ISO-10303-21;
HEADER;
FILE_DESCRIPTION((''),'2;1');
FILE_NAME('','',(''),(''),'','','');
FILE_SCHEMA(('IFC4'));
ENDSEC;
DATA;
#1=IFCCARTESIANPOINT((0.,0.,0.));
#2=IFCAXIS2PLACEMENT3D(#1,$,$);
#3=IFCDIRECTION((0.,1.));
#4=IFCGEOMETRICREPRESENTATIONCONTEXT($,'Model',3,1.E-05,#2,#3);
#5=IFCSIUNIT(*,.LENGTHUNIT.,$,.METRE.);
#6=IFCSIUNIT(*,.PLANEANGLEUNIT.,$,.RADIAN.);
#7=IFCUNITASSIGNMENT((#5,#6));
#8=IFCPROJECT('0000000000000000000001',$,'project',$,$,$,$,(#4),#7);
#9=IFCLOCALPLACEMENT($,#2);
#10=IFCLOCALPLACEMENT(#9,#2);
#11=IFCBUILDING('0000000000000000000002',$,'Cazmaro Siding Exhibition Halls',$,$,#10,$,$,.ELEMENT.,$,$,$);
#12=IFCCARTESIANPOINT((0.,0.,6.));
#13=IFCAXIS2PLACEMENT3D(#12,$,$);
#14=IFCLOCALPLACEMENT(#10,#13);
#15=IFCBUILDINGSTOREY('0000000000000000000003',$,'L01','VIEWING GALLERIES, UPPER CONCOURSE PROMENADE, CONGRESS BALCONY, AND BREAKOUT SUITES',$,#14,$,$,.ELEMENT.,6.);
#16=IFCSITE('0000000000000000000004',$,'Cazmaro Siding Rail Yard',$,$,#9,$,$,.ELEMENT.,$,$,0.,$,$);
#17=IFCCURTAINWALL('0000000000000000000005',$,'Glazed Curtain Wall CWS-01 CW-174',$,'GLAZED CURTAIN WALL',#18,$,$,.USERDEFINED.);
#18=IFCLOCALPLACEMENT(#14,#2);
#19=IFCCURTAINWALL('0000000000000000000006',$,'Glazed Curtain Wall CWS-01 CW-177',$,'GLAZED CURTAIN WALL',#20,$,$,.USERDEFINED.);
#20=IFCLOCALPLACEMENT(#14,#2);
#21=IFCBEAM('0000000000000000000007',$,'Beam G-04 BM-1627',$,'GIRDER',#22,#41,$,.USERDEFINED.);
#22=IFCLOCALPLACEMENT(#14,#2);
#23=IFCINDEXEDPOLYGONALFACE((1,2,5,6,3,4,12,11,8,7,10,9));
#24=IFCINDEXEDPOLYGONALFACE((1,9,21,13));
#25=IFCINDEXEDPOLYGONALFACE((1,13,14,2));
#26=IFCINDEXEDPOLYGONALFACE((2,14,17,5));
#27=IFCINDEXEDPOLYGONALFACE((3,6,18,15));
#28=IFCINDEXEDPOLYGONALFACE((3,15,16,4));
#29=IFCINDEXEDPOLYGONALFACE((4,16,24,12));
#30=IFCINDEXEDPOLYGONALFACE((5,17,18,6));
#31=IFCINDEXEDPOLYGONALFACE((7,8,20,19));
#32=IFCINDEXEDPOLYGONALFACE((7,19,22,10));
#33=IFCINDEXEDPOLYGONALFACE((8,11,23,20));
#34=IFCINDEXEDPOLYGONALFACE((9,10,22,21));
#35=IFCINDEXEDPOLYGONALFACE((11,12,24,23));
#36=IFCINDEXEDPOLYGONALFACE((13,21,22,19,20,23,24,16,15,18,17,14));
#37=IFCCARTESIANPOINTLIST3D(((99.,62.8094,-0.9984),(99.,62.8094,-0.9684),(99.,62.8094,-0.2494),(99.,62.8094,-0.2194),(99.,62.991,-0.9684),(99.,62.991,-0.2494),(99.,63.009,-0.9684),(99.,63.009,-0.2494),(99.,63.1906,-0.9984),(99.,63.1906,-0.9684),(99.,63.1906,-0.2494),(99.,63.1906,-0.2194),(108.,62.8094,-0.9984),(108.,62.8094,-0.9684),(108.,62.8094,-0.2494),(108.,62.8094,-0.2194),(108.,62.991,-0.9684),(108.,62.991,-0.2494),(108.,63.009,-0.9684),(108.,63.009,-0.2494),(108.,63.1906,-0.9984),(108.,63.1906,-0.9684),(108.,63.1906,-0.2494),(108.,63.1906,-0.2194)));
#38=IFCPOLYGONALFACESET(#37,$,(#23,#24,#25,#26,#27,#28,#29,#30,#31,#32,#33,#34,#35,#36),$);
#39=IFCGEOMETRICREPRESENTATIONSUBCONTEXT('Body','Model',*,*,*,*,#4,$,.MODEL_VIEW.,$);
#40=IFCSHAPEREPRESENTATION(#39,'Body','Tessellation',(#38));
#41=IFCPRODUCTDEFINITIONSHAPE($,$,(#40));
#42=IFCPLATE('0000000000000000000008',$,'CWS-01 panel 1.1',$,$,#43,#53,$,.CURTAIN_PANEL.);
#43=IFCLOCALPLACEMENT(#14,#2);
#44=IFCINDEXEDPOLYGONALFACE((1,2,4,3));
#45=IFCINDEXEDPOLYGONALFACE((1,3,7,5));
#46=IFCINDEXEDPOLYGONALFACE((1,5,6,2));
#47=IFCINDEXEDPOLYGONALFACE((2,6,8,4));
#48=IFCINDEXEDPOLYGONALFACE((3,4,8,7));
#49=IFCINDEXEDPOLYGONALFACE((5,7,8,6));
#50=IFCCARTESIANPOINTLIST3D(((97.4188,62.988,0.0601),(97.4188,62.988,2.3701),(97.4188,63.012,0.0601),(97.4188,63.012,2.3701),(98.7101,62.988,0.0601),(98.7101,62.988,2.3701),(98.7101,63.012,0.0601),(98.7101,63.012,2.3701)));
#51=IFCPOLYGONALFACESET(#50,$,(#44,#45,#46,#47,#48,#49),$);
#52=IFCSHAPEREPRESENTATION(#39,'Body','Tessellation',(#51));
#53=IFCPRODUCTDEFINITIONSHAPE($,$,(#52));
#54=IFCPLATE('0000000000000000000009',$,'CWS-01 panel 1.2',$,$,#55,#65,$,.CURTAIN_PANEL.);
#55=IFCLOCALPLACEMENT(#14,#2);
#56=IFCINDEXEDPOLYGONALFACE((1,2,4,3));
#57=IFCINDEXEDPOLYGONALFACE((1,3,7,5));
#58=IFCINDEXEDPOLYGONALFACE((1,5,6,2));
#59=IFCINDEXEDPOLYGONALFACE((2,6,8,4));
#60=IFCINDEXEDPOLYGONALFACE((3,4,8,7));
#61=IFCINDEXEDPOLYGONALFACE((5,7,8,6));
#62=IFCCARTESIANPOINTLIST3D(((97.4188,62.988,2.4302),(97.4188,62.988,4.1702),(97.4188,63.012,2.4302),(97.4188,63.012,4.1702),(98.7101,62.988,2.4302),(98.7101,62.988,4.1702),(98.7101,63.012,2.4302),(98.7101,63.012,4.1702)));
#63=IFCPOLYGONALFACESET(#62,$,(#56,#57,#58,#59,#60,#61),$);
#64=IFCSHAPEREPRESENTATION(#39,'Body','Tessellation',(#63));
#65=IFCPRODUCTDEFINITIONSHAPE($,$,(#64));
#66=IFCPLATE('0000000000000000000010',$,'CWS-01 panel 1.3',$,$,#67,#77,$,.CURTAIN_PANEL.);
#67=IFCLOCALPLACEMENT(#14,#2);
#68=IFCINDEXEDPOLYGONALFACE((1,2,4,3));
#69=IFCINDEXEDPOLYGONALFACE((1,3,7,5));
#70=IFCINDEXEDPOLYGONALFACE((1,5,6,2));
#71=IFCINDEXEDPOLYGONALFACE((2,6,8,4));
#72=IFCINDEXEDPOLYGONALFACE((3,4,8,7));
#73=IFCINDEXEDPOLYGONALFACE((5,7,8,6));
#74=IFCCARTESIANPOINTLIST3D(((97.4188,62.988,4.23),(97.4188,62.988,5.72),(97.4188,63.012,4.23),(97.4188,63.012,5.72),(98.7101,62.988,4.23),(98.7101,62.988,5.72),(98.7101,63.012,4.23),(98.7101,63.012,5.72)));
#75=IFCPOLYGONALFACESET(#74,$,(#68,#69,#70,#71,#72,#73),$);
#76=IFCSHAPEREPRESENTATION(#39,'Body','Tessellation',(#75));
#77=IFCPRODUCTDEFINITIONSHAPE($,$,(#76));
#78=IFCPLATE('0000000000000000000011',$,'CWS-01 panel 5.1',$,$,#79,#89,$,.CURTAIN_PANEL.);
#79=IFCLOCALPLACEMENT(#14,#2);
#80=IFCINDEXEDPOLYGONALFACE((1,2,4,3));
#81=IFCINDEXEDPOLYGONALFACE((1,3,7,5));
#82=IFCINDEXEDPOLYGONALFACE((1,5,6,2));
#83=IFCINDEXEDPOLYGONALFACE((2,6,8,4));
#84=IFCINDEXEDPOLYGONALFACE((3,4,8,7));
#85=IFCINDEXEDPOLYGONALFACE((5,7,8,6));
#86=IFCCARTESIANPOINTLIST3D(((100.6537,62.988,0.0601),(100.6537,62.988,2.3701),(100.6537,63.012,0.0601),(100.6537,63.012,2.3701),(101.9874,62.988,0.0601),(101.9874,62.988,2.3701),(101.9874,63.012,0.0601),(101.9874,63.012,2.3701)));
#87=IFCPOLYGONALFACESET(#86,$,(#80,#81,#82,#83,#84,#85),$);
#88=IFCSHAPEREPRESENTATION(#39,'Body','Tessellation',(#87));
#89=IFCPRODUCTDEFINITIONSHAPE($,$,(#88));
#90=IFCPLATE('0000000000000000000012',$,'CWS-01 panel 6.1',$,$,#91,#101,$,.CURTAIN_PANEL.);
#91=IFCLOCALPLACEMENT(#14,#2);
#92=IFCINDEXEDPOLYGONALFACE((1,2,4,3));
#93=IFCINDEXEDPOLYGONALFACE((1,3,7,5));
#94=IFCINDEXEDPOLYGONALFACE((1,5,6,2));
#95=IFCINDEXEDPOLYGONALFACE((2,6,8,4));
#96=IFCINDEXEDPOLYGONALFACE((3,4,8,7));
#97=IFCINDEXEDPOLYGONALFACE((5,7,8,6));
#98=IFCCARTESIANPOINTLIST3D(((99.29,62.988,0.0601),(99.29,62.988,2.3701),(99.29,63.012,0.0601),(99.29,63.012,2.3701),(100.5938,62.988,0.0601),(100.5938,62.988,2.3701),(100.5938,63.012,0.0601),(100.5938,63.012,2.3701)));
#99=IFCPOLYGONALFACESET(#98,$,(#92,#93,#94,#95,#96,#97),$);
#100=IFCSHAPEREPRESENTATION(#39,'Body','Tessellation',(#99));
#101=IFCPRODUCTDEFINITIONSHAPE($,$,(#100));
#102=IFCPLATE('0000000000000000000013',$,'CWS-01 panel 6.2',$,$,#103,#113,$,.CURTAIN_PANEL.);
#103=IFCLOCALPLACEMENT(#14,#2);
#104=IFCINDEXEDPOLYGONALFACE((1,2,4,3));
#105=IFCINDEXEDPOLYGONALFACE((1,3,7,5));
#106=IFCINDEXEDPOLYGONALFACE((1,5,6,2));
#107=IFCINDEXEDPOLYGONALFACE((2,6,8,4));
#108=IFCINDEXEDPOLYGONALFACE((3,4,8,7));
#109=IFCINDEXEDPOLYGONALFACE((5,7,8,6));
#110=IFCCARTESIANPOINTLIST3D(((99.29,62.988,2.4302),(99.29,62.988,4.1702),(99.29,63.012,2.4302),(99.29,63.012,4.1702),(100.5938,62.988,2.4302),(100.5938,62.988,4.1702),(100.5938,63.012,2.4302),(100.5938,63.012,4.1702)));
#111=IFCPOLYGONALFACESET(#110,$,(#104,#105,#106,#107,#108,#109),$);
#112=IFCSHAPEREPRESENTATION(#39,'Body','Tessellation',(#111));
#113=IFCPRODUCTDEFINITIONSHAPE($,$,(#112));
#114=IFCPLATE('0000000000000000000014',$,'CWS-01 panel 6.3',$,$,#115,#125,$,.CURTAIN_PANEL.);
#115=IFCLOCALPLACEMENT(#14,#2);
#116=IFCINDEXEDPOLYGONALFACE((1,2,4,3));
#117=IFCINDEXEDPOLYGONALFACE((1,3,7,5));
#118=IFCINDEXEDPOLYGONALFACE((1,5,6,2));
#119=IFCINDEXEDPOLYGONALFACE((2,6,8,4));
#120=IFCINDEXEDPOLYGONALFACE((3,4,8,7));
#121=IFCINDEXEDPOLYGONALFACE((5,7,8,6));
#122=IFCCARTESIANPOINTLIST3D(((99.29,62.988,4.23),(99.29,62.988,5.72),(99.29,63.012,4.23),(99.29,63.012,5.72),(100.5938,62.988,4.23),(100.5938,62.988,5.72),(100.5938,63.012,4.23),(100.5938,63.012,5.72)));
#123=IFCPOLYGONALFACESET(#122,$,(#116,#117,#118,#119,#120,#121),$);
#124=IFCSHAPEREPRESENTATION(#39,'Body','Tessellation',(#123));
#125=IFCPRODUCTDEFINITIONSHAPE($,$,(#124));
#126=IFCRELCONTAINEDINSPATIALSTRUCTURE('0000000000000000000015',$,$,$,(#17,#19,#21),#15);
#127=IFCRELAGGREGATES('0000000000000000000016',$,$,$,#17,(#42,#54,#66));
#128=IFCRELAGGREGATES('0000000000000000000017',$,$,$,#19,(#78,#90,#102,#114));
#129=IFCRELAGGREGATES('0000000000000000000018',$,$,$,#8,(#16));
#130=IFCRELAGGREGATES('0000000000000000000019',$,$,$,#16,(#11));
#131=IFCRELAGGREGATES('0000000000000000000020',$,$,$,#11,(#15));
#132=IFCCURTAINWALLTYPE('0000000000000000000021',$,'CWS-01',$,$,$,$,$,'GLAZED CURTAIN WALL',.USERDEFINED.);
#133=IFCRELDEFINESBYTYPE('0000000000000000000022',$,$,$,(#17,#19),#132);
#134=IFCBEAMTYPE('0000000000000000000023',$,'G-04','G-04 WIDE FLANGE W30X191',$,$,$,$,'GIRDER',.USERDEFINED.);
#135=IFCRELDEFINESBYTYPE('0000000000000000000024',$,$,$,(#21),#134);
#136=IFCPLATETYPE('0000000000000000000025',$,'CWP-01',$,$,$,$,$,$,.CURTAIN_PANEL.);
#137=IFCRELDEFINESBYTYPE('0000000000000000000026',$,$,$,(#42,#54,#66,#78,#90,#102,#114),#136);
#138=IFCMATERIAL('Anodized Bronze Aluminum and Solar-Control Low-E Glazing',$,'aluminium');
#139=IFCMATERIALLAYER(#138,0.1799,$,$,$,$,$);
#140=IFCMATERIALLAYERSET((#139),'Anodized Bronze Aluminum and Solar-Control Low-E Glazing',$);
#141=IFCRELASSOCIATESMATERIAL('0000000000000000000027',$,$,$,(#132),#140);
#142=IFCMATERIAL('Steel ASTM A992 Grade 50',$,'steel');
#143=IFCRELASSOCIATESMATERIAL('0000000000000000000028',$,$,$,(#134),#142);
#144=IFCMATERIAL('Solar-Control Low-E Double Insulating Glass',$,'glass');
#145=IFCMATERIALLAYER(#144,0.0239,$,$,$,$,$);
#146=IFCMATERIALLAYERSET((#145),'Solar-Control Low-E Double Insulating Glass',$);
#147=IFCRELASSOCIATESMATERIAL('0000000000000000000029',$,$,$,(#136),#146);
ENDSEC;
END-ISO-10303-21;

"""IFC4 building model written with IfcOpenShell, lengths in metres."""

from ifc_helpers import new_model, si_unit, direction, frame, origin, origin_2d, place, context, subcontext, project, spatial, rectangle, i_section, extrude, material, layer, layer_set, material_profile, profile_set, type_object, element, aggregate, save


model = new_model("IFC4")

# Units and contexts
model_context = context("Model", 3, precision=1e-05, world=origin(), true_north=direction((0.0, 1.0)))
body_context = subcontext(model_context, "Body", "Model", "MODEL_VIEW")
ifc_project = project(units=[si_unit("LENGTHUNIT", "METRE"), si_unit("PLANEANGLEUNIT", "RADIAN")], contexts=[model_context])

# Site, building, storey
site_placement = place(None, origin())
site = spatial("IfcSite", under=ifc_project, at=site_placement, Name="Cazmaro Siding Rail Yard", CompositionType="ELEMENT", RefElevation=0.0)
building_placement = place(site_placement, origin())
building = spatial("IfcBuilding", under=site, at=building_placement, Name="Cazmaro Siding Exhibition Halls", CompositionType="ELEMENT")
storey_placement = place(building_placement, frame((0.0, 0.0, 6.0)))
storey = spatial("IfcBuildingStorey", under=building, at=storey_placement, Name="L01", Description="VIEWING GALLERIES, UPPER CONCOURSE PROMENADE, CONGRESS BALCONY, AND BREAKOUT SUITES", CompositionType="ELEMENT", Elevation=6.0)

# Curtain walls
ifc_material_1 = material(Name="Anodized Bronze Aluminum and Solar-Control Low-E Glazing", Category="aluminium")
ifc_layer_1 = layer(ifc_material_1, 0.1799)
ifc_layer_set_1 = layer_set([ifc_layer_1], Name="Anodized Bronze Aluminum and Solar-Control Low-E Glazing")
curtain_wall_type = type_object("IfcCurtainWallType", Name="CWS-01", ElementType="GLAZED CURTAIN WALL", PredefinedType="USERDEFINED", material=ifc_layer_set_1)
curtain_wall_1_placement = place(storey_placement, origin())
curtain_wall_1 = element("IfcCurtainWall", 1, at=curtain_wall_1_placement, inside=storey, type_object=curtain_wall_type, Name="Glazed Curtain Wall CWS-01 CW-174", ObjectType="GLAZED CURTAIN WALL", PredefinedType="USERDEFINED")
curtain_wall_2_placement = place(storey_placement, origin())
curtain_wall_2 = element("IfcCurtainWall", 2, at=curtain_wall_2_placement, inside=storey, type_object=curtain_wall_type, Name="Glazed Curtain Wall CWS-01 CW-177", ObjectType="GLAZED CURTAIN WALL", PredefinedType="USERDEFINED")

# Beam
ifc_material_2 = material(Name="Steel ASTM A992 Grade 50", Category="steel")
ifc_material_profile_1 = material_profile(ifc_material_2, i_section(OverallWidth=0.3811, OverallDepth=0.7791, WebThickness=0.0181, FlangeThickness=0.03, at=origin_2d()), Name="W30X191")
ifc_profile_set_1 = profile_set([ifc_material_profile_1], Name="Steel ASTM A992 Grade 50")
beam_type = type_object("IfcBeamType", Name="G-04", Description="G-04 WIDE FLANGE W30X191", ElementType="GIRDER", PredefinedType="USERDEFINED", material=ifc_profile_set_1)
beam_placement = place(storey_placement, frame((99.0, 63.0, -0.6089), z_axis=(1.0, 0.0, 0.0), x_axis=(0.0, 1.0, 0.0)))
element("IfcBeam", 3, at=beam_placement, inside=storey, type_object=beam_type, Name="Beam G-04 BM-1627", ObjectType="GIRDER", PredefinedType="USERDEFINED", context=body_context, shape_type="SweptSolid", body=[
    extrude(i_section(OverallWidth=0.3811, OverallDepth=0.7791, WebThickness=0.0181, FlangeThickness=0.03, at=origin_2d()), origin(), (0.0, 0.0, 1.0), 9.0),
])

# Plates
ifc_material_3 = material(Name="Solar-Control Low-E Double Insulating Glass", Category="glass")
ifc_layer_2 = layer(ifc_material_3, 0.0239)
ifc_layer_set_2 = layer_set([ifc_layer_2], Name="Solar-Control Low-E Double Insulating Glass")
plate_type = type_object("IfcPlateType", Name="CWP-01", PredefinedType="CURTAIN_PANEL", material=ifc_layer_set_2)
plate_1_placement = place(storey_placement, frame((98.0645, 63.0, 0.0601), z_axis=(0.0, 0.0, 1.0), x_axis=(-1.0, 0.0, 0.0)))
plate_1 = element("IfcPlate", 4, at=plate_1_placement, type_object=plate_type, Name="CWS-01 panel 1.1", PredefinedType="CURTAIN_PANEL", context=body_context, shape_type="SweptSolid", body=[
    extrude(rectangle(XDim=1.2913, YDim=0.0239, at=origin_2d()), origin(), (0.0, 0.0, 1.0), 2.3101),
])
plate_2_placement = place(storey_placement, frame((98.0645, 63.0, 2.4302), z_axis=(0.0, 0.0, 1.0), x_axis=(-1.0, 0.0, 0.0)))
plate_2 = element("IfcPlate", 5, at=plate_2_placement, type_object=plate_type, Name="CWS-01 panel 1.2", PredefinedType="CURTAIN_PANEL", context=body_context, shape_type="SweptSolid", body=[
    extrude(rectangle(XDim=1.2913, YDim=0.0239, at=origin_2d()), origin(), (0.0, 0.0, 1.0), 1.74),
])
plate_3_placement = place(storey_placement, frame((98.0645, 63.0, 4.23), z_axis=(0.0, 0.0, 1.0), x_axis=(-1.0, 0.0, 0.0)))
plate_3 = element("IfcPlate", 6, at=plate_3_placement, type_object=plate_type, Name="CWS-01 panel 1.3", PredefinedType="CURTAIN_PANEL", context=body_context, shape_type="SweptSolid", body=[
    extrude(rectangle(XDim=1.2913, YDim=0.0239, at=origin_2d()), origin(), (0.0, 0.0, 1.0), 1.49),
])
aggregate(curtain_wall_1, [plate_1, plate_2, plate_3])
plate_4_placement = place(storey_placement, frame((101.3206, 63.0, 0.0601), z_axis=(0.0, 0.0, 1.0), x_axis=(-1.0, 0.0, 0.0)))
plate_4 = element("IfcPlate", 7, at=plate_4_placement, type_object=plate_type, Name="CWS-01 panel 5.1", PredefinedType="CURTAIN_PANEL", context=body_context, shape_type="SweptSolid", body=[
    extrude(rectangle(XDim=1.3337, YDim=0.0239, at=origin_2d()), origin(), (0.0, 0.0, 1.0), 2.3101),
])
plate_5_placement = place(storey_placement, frame((99.9419, 63.0, 0.0601), z_axis=(0.0, 0.0, 1.0), x_axis=(-1.0, 0.0, 0.0)))
plate_5 = element("IfcPlate", 8, at=plate_5_placement, type_object=plate_type, Name="CWS-01 panel 6.1", PredefinedType="CURTAIN_PANEL", context=body_context, shape_type="SweptSolid", body=[
    extrude(rectangle(XDim=1.3037, YDim=0.0239, at=origin_2d()), origin(), (0.0, 0.0, 1.0), 2.3101),
])
plate_6_placement = place(storey_placement, frame((99.9419, 63.0, 2.4302), z_axis=(0.0, 0.0, 1.0), x_axis=(-1.0, 0.0, 0.0)))
plate_6 = element("IfcPlate", 9, at=plate_6_placement, type_object=plate_type, Name="CWS-01 panel 6.2", PredefinedType="CURTAIN_PANEL", context=body_context, shape_type="SweptSolid", body=[
    extrude(rectangle(XDim=1.3037, YDim=0.0239, at=origin_2d()), origin(), (0.0, 0.0, 1.0), 1.74),
])
plate_7_placement = place(storey_placement, frame((99.9419, 63.0, 4.23), z_axis=(0.0, 0.0, 1.0), x_axis=(-1.0, 0.0, 0.0)))
plate_7 = element("IfcPlate", 10, at=plate_7_placement, type_object=plate_type, Name="CWS-01 panel 6.3", PredefinedType="CURTAIN_PANEL", context=body_context, shape_type="SweptSolid", body=[
    extrude(rectangle(XDim=1.3037, YDim=0.0239, at=origin_2d()), origin(), (0.0, 0.0, 1.0), 1.49),
])
aggregate(curtain_wall_2, [plate_4, plate_5, plate_6, plate_7])

save(model, "model.ifc")
